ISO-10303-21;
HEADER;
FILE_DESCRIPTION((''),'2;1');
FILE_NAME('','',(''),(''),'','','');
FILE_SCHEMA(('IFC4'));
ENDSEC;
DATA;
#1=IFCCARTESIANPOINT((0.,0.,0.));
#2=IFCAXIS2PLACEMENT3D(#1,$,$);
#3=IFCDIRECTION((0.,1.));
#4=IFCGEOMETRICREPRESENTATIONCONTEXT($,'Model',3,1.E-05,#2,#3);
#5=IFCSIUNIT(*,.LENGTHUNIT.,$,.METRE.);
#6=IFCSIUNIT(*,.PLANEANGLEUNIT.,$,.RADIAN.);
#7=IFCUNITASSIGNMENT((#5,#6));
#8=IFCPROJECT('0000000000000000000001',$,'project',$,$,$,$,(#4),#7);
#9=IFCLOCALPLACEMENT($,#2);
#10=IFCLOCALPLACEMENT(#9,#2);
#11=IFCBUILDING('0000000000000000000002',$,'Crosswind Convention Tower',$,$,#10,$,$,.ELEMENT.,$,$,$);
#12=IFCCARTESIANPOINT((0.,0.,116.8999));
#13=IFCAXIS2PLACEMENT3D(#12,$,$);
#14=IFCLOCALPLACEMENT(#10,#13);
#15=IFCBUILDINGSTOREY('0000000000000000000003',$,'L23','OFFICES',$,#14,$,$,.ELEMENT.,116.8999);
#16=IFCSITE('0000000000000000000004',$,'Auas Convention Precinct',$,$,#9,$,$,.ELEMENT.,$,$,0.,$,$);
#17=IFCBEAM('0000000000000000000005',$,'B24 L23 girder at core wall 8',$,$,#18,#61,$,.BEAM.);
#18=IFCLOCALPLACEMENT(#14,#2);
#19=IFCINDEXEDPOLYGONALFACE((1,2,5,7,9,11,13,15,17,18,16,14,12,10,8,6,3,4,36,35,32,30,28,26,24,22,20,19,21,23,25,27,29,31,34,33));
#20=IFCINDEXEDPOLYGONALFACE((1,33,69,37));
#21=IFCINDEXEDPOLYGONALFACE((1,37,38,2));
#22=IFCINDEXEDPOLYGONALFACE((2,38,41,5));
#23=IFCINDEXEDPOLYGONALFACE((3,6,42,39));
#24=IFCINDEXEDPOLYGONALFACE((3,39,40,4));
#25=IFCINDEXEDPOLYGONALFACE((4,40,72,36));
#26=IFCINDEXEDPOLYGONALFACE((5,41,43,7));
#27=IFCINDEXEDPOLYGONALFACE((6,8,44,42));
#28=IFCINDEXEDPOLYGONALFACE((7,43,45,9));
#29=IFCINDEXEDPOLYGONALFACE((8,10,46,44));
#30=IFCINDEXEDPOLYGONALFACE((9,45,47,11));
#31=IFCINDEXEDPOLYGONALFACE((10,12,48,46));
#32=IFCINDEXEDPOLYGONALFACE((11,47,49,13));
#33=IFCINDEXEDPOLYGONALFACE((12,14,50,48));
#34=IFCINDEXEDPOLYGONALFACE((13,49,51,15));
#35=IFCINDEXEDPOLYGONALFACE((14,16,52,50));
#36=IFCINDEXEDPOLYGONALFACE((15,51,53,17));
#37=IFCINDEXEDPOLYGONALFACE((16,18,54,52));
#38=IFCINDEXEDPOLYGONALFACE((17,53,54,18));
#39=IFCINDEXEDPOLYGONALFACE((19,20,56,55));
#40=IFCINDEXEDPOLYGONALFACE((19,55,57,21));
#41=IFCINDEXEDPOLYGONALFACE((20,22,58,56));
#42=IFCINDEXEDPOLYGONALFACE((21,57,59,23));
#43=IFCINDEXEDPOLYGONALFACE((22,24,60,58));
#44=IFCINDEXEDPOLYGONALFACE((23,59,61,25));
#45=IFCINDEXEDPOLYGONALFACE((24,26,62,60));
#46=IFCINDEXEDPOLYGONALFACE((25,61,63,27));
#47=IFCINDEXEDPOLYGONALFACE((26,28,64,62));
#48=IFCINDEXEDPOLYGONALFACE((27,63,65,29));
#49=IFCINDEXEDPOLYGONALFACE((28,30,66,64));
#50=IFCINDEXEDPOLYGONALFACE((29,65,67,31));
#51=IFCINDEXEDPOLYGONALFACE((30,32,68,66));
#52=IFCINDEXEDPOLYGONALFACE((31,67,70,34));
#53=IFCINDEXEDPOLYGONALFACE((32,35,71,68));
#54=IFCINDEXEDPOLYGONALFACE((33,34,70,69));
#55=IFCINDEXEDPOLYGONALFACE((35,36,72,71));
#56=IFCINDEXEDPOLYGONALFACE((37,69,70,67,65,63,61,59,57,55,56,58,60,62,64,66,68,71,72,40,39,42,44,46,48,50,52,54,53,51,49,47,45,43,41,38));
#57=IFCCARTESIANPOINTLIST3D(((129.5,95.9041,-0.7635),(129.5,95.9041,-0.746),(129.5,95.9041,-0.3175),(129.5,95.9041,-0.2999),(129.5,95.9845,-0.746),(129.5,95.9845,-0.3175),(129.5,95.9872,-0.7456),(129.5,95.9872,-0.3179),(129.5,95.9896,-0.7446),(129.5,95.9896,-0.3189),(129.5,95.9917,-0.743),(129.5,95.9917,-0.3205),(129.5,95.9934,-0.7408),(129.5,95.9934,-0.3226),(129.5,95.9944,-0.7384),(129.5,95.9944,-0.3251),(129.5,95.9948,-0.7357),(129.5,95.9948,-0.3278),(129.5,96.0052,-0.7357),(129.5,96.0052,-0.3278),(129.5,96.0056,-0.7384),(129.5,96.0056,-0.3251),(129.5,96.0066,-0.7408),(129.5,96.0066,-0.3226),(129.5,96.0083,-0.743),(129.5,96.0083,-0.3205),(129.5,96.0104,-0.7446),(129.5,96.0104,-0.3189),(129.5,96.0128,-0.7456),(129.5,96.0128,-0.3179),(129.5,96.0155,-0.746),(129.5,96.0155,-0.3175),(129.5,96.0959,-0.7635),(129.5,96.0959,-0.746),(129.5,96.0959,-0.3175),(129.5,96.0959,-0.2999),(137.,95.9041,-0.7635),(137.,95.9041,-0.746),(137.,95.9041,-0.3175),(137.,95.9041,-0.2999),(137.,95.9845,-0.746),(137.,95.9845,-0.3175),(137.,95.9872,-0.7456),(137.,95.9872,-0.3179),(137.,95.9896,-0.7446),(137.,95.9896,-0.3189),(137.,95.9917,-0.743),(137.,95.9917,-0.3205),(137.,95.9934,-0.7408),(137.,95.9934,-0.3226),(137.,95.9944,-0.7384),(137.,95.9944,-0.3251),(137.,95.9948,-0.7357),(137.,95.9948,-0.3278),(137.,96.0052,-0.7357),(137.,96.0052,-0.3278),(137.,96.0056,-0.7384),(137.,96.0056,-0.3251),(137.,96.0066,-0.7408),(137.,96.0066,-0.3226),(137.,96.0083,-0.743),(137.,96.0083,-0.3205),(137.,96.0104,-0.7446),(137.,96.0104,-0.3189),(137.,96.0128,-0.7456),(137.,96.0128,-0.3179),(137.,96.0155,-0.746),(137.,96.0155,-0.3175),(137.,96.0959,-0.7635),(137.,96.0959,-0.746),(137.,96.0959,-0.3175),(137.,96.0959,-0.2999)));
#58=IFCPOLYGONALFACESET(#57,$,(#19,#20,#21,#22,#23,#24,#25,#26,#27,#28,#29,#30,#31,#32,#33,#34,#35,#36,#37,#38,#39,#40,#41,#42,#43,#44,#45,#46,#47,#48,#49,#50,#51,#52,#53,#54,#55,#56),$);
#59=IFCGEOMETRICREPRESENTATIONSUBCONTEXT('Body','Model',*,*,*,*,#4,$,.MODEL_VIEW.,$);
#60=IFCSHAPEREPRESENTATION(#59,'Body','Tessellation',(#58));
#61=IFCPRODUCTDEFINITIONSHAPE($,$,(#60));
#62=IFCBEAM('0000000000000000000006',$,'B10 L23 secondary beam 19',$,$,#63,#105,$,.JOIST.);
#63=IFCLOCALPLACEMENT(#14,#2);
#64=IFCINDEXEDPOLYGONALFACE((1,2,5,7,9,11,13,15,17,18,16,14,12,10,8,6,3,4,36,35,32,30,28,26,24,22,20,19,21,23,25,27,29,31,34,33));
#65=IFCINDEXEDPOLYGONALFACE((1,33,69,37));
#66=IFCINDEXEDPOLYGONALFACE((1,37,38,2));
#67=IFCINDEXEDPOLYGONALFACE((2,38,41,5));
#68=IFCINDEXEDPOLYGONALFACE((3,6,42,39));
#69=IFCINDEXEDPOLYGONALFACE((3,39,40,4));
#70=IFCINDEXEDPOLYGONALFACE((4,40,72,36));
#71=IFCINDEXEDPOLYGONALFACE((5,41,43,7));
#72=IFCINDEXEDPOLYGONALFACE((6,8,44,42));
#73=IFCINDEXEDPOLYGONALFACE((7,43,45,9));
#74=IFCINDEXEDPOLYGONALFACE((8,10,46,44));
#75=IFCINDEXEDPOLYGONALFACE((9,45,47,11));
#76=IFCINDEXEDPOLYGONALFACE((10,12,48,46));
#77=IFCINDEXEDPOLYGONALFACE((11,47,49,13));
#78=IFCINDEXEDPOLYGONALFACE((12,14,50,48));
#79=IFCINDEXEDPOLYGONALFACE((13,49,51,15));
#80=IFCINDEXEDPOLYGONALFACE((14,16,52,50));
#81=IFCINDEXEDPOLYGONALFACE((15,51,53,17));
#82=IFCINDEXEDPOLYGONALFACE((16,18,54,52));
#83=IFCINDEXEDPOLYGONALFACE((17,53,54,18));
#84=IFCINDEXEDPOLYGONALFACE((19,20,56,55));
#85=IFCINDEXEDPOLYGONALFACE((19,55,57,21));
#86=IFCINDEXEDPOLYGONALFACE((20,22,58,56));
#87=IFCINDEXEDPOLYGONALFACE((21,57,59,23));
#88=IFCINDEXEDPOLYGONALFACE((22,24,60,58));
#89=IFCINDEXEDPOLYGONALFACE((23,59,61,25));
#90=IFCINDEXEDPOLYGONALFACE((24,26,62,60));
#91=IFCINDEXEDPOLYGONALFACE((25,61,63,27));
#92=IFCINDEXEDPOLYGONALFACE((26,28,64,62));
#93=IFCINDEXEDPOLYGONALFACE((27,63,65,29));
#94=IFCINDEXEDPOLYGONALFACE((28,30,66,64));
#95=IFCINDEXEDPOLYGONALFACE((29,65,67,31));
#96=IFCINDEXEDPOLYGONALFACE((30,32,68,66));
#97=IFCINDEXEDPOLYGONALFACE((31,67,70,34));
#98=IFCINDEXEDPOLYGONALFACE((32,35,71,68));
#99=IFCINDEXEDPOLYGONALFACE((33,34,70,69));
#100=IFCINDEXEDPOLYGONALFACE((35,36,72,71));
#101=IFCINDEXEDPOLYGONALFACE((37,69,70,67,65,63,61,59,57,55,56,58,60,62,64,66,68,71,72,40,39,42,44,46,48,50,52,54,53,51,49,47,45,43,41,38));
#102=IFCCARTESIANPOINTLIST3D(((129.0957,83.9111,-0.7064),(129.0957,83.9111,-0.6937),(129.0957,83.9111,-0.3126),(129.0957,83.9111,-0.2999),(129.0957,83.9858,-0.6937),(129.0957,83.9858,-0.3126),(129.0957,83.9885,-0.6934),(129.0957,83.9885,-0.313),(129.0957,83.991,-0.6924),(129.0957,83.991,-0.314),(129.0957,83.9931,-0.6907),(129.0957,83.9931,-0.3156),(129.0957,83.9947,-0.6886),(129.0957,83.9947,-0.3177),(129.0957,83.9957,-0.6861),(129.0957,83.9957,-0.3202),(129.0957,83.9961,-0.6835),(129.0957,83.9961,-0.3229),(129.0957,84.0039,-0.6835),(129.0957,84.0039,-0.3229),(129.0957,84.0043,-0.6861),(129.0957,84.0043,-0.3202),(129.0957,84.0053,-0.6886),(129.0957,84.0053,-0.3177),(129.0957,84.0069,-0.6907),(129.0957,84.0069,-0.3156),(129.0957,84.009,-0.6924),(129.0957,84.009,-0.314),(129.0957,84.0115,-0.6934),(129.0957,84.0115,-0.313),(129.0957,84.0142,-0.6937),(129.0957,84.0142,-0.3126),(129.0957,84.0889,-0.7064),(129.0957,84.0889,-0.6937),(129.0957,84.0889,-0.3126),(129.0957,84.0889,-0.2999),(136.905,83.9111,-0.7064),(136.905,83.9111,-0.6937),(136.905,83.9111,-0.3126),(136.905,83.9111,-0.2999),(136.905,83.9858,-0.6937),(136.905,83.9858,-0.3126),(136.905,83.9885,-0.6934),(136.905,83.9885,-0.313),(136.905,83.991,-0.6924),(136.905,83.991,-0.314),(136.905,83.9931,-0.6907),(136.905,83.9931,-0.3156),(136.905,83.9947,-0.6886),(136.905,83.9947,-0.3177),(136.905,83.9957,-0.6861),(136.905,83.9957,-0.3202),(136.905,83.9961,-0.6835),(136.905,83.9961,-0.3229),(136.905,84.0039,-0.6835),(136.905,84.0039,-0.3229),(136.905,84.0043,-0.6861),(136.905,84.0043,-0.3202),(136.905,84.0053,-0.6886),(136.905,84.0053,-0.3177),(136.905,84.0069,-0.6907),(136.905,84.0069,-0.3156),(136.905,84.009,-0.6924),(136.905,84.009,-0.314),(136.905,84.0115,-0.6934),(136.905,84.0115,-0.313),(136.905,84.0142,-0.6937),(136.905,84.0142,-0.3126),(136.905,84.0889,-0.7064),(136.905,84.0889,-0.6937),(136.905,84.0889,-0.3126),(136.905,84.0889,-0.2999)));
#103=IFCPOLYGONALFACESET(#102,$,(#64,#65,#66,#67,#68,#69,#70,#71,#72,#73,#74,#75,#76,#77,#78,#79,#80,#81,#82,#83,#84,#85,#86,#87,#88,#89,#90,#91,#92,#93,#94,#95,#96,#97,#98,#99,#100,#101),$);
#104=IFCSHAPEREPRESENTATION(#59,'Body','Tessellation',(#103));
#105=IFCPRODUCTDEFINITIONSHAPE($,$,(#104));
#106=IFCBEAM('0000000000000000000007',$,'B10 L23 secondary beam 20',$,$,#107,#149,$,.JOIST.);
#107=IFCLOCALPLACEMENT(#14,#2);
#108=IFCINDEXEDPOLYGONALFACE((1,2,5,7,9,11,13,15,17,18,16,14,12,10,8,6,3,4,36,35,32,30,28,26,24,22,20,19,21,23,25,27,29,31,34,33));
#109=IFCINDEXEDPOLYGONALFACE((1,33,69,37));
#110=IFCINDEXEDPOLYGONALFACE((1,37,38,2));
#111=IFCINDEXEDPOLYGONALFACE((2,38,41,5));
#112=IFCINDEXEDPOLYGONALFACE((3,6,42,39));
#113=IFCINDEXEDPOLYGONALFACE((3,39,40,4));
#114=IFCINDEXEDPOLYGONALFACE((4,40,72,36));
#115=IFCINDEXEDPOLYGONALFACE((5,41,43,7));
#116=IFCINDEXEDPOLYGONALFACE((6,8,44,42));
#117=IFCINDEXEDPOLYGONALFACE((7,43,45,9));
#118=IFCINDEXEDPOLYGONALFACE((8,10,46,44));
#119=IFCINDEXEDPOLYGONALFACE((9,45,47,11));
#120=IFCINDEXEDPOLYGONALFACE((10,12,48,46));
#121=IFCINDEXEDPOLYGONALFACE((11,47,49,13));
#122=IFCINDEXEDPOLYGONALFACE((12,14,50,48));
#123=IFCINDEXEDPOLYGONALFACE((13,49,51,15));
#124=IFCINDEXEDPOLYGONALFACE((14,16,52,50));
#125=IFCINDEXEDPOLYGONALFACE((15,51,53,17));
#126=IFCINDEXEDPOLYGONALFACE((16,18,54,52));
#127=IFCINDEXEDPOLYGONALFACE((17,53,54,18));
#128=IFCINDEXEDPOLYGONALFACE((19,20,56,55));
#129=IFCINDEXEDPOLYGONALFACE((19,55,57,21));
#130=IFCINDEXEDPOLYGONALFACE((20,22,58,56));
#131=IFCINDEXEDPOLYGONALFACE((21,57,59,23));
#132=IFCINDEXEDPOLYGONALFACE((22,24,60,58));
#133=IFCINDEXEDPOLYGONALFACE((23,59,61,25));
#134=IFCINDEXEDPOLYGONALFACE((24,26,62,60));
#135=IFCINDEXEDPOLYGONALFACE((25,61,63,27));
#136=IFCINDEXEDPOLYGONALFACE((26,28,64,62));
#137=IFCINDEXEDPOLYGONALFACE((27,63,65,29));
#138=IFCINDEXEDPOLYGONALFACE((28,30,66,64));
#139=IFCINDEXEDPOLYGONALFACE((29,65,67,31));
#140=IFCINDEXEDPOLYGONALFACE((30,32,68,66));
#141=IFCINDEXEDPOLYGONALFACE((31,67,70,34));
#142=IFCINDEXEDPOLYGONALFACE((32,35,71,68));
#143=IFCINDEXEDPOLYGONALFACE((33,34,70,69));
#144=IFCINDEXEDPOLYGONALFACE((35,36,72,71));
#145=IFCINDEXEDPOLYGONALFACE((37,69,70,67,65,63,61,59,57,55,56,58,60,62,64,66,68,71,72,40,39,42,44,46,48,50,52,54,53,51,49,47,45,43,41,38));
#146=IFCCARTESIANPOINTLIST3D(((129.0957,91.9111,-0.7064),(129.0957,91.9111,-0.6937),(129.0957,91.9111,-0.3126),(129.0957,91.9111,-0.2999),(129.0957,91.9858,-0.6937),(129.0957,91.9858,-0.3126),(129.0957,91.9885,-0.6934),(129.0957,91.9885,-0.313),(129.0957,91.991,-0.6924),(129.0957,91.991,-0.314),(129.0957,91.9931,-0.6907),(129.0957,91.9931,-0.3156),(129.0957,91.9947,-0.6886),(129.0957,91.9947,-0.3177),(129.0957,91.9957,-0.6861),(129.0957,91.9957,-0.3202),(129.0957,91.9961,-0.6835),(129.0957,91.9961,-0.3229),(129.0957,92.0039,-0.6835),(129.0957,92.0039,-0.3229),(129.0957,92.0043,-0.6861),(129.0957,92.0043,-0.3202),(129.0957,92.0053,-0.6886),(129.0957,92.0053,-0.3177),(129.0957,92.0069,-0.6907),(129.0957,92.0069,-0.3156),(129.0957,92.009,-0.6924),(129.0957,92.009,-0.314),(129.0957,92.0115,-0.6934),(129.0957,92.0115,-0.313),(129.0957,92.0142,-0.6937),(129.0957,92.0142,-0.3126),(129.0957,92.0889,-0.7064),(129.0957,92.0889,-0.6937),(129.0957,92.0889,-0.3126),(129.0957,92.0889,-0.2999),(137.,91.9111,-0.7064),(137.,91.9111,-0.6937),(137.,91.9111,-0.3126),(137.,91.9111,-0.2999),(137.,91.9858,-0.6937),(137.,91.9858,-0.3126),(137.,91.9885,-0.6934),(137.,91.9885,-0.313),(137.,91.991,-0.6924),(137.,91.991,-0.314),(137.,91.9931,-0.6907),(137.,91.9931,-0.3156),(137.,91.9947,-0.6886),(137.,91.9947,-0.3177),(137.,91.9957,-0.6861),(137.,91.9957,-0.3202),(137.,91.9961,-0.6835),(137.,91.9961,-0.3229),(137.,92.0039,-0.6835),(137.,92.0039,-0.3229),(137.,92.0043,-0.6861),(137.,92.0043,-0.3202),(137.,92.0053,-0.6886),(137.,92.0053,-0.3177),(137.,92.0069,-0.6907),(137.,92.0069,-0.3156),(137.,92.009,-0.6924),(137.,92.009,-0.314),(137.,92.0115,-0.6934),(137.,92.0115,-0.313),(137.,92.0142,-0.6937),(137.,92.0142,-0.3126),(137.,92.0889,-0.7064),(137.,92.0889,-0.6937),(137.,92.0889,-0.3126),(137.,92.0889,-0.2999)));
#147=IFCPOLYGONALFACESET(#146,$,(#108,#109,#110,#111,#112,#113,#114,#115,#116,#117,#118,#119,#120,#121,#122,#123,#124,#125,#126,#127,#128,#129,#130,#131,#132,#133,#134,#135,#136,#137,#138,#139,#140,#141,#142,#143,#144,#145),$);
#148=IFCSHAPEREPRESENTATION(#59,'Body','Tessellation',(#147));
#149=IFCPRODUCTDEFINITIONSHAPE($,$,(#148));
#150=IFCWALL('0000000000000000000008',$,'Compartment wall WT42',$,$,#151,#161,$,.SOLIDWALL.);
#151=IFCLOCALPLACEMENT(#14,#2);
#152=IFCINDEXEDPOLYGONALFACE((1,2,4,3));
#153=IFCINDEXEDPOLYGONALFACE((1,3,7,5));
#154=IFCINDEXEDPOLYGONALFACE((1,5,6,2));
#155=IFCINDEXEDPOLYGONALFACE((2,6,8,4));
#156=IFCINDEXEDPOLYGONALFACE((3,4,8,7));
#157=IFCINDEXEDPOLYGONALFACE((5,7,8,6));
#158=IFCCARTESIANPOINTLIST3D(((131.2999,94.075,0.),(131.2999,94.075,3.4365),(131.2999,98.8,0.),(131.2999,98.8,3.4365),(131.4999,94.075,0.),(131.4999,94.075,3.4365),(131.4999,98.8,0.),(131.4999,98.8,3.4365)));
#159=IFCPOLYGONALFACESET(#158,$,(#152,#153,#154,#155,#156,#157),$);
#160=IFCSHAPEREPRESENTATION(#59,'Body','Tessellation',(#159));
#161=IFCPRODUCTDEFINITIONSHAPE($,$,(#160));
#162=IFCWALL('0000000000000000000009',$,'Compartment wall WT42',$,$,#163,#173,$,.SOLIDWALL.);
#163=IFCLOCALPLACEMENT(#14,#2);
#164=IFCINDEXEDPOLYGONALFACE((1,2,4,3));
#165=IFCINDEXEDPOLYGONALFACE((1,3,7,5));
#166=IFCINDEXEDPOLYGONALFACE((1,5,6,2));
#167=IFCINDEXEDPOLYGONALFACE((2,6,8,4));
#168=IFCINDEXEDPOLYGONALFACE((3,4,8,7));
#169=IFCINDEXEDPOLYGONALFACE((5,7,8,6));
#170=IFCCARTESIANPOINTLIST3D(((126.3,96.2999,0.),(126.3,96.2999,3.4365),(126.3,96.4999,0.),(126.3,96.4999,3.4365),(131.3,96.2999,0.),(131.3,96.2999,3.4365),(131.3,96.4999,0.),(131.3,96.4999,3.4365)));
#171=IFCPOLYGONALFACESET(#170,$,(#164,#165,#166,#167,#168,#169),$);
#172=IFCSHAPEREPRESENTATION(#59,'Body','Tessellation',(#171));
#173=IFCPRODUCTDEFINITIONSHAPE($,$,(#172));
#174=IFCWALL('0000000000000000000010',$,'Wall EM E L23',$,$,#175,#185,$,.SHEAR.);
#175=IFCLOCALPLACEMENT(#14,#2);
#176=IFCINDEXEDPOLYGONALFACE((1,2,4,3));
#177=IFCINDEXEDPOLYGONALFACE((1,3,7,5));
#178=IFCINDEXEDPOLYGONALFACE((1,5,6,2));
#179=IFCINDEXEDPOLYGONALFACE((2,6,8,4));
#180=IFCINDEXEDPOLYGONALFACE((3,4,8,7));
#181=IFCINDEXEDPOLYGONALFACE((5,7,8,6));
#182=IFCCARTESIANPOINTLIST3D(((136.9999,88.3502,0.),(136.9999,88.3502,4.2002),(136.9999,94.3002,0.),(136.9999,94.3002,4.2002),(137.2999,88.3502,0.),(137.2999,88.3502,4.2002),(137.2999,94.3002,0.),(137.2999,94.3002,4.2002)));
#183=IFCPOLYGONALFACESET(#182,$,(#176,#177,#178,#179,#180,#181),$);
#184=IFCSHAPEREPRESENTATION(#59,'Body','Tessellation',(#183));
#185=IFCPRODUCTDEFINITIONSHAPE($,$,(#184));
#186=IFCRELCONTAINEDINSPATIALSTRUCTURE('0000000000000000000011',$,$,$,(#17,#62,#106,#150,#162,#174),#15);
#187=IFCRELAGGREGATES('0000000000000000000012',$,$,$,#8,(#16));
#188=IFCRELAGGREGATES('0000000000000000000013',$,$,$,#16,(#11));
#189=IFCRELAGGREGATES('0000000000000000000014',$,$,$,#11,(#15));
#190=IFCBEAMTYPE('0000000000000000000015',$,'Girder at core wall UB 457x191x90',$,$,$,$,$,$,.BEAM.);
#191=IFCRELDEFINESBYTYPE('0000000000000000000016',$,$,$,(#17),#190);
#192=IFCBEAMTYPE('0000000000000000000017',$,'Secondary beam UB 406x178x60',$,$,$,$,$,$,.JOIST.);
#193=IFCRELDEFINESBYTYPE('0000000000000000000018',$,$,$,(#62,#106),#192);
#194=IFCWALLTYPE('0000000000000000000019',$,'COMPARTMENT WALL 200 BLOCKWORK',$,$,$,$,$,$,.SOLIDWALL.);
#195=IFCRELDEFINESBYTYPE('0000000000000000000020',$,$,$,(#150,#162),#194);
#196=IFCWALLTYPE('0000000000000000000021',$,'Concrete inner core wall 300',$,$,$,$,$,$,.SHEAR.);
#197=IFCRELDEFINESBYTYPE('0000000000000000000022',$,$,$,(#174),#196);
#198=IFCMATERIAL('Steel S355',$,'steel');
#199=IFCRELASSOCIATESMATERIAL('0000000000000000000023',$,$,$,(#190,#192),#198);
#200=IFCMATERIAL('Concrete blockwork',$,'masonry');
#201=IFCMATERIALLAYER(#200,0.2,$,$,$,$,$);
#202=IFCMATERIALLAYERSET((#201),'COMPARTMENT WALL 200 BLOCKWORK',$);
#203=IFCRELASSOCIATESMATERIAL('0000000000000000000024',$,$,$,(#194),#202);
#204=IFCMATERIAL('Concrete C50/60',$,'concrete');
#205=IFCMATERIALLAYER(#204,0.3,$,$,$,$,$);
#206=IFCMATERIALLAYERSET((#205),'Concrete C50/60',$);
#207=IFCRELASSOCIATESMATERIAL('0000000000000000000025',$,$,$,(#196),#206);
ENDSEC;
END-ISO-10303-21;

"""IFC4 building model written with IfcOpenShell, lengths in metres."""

from ifc_helpers import new_model, si_unit, direction, frame, frame_2d, origin, origin_2d, place, context, subcontext, project, spatial, rectangle, i_section, extrude, material, layer, layer_set, material_profile, profile_set, type_object, element, save


model = new_model("IFC4")

# Units and contexts
model_context = context("Model", 3, precision=1e-05, world=origin(), true_north=direction((0.0, 1.0)))
body_context = subcontext(model_context, "Body", "Model", "MODEL_VIEW")
ifc_project = project(units=[si_unit("LENGTHUNIT", "METRE"), si_unit("PLANEANGLEUNIT", "RADIAN")], contexts=[model_context])

# Site, building, storey
site_placement = place(None, origin())
site = spatial("IfcSite", under=ifc_project, at=site_placement, Name="Auas Convention Precinct", CompositionType="ELEMENT", RefElevation=0.0)
building_placement = place(site_placement, origin())
building = spatial("IfcBuilding", under=site, at=building_placement, Name="Crosswind Convention Tower", CompositionType="ELEMENT")
storey_placement = place(building_placement, frame((0.0, 0.0, 116.8999)))
storey = spatial("IfcBuildingStorey", under=building, at=storey_placement, Name="L23", Description="OFFICES", CompositionType="ELEMENT", Elevation=116.8999)

# Beams
ifc_material_1 = material(Name="Steel S355", Category="steel")
ifc_material_profile_1 = material_profile(ifc_material_1, i_section(OverallWidth=0.1919, OverallDepth=0.4636, WebThickness=0.0105, FlangeThickness=0.0176, FilletRadius=0.0103, at=origin_2d()), Name="UB 457x191x90")
ifc_profile_set_1 = profile_set([ifc_material_profile_1], Name="Steel S355")
beam_type_1 = type_object("IfcBeamType", Name="Girder at core wall UB 457x191x90", PredefinedType="BEAM", material=ifc_profile_set_1)
for number, where, z_axis, x_axis, name in (
    (1, (129.5, 96.0, -0.5317), (1.0, 0.0, 0.0), (0.0, 1.0, 0.0), "B24 L23 girder at core wall 8"),
):
    element("IfcBeam", number, at=place(storey_placement, frame(where, z_axis=z_axis, x_axis=x_axis)), inside=storey, type_object=beam_type_1, Name=name, PredefinedType="BEAM", context=body_context, shape_type="SweptSolid", body=[
        extrude(i_section(OverallWidth=0.1919, OverallDepth=0.4636, WebThickness=0.0105, FlangeThickness=0.0176, FilletRadius=0.0103, at=origin_2d()), origin(), (0.0, 0.0, 1.0), 7.5),
    ])
ifc_material_profile_2 = material_profile(ifc_material_1, i_section(OverallWidth=0.1777, OverallDepth=0.4065, WebThickness=0.0078, FlangeThickness=0.0127, FilletRadius=0.0103, at=origin_2d()), Name="UB 406x178x60")
ifc_profile_set_2 = profile_set([ifc_material_profile_2], Name="Steel S355")
beam_type_2 = type_object("IfcBeamType", Name="Secondary beam UB 406x178x60", PredefinedType="JOIST", material=ifc_profile_set_2)
beam_1_placement = place(storey_placement, frame((129.0957, 84.0, -0.5032), z_axis=(1.0, 0.0, 0.0), x_axis=(0.0, 1.0, 0.0)))
element("IfcBeam", 2, at=beam_1_placement, inside=storey, type_object=beam_type_2, Name="B10 L23 secondary beam 19", PredefinedType="JOIST", context=body_context, shape_type="SweptSolid", body=[
    extrude(i_section(OverallWidth=0.1777, OverallDepth=0.4065, WebThickness=0.0078, FlangeThickness=0.0127, FilletRadius=0.0103, at=origin_2d()), origin(), (0.0, 0.0, 1.0), 7.8093),
])
beam_2_placement = place(storey_placement, frame((129.0957, 92.0, -0.5032), z_axis=(1.0, 0.0, 0.0), x_axis=(0.0, 1.0, 0.0)))
element("IfcBeam", 3, at=beam_2_placement, inside=storey, type_object=beam_type_2, Name="B10 L23 secondary beam 20", PredefinedType="JOIST", context=body_context, shape_type="SweptSolid", body=[
    extrude(i_section(OverallWidth=0.1777, OverallDepth=0.4065, WebThickness=0.0078, FlangeThickness=0.0127, FilletRadius=0.0103, at=origin_2d()), origin(), (0.0, 0.0, 1.0), 7.9043),
])

# Walls
ifc_material_2 = material(Name="Concrete blockwork", Category="masonry")
ifc_layer_1 = layer(ifc_material_2, 0.2)
ifc_layer_set_1 = layer_set([ifc_layer_1], Name="COMPARTMENT WALL 200 BLOCKWORK")
wall_type_1 = type_object("IfcWallType", Name="COMPARTMENT WALL 200 BLOCKWORK", PredefinedType="SOLIDWALL", material=ifc_layer_set_1)
wall_1_placement = place(storey_placement, frame((131.3999, 94.075, 0.0), z_axis=(0.0, 0.0, 1.0), x_axis=(0.0, 1.0, 0.0)))
element("IfcWall", 4, at=wall_1_placement, inside=storey, type_object=wall_type_1, Name="Compartment wall WT42", PredefinedType="SOLIDWALL", context=body_context, shape_type="SweptSolid", body=[
    extrude(rectangle(XDim=4.7251, YDim=0.2, at=frame_2d((2.3625, 0.0))), origin(), (0.0, 0.0, 1.0), 3.4365),
])
wall_2_placement = place(storey_placement, frame((126.3, 96.3999, 0.0), z_axis=(0.0, 0.0, 1.0), x_axis=(1.0, 0.0, 0.0)))
element("IfcWall", 5, at=wall_2_placement, inside=storey, type_object=wall_type_1, Name="Compartment wall WT42", PredefinedType="SOLIDWALL", context=body_context, shape_type="SweptSolid", body=[
    extrude(rectangle(XDim=5.0, YDim=0.2, at=frame_2d((2.5, 0.0))), origin(), (0.0, 0.0, 1.0), 3.4365),
])

# Shared definitions
ifc_material_3 = material(Name="Concrete C50/60", Category="concrete")
ifc_layer_2 = layer(ifc_material_3, 0.3)
ifc_layer_set_2 = layer_set([ifc_layer_2], Name="Concrete C50/60")
wall_type_2 = type_object("IfcWallType", Name="Concrete inner core wall 300", PredefinedType="SHEAR", material=ifc_layer_set_2)

# Wall
wall_3_placement = place(storey_placement, frame((137.1499, 88.3501, 0.0), z_axis=(0.0, 0.0, 1.0), x_axis=(0.0, 1.0, 0.0)))
element("IfcWall", 6, at=wall_3_placement, inside=storey, type_object=wall_type_2, Name="Wall EM E L23", PredefinedType="SHEAR", context=body_context, shape_type="SweptSolid", body=[
    extrude(rectangle(XDim=5.95, YDim=0.3, at=frame_2d((2.9751, 0.0))), origin(), (0.0, 0.0, 1.0), 4.2002),
])

save(model, "model.ifc")
